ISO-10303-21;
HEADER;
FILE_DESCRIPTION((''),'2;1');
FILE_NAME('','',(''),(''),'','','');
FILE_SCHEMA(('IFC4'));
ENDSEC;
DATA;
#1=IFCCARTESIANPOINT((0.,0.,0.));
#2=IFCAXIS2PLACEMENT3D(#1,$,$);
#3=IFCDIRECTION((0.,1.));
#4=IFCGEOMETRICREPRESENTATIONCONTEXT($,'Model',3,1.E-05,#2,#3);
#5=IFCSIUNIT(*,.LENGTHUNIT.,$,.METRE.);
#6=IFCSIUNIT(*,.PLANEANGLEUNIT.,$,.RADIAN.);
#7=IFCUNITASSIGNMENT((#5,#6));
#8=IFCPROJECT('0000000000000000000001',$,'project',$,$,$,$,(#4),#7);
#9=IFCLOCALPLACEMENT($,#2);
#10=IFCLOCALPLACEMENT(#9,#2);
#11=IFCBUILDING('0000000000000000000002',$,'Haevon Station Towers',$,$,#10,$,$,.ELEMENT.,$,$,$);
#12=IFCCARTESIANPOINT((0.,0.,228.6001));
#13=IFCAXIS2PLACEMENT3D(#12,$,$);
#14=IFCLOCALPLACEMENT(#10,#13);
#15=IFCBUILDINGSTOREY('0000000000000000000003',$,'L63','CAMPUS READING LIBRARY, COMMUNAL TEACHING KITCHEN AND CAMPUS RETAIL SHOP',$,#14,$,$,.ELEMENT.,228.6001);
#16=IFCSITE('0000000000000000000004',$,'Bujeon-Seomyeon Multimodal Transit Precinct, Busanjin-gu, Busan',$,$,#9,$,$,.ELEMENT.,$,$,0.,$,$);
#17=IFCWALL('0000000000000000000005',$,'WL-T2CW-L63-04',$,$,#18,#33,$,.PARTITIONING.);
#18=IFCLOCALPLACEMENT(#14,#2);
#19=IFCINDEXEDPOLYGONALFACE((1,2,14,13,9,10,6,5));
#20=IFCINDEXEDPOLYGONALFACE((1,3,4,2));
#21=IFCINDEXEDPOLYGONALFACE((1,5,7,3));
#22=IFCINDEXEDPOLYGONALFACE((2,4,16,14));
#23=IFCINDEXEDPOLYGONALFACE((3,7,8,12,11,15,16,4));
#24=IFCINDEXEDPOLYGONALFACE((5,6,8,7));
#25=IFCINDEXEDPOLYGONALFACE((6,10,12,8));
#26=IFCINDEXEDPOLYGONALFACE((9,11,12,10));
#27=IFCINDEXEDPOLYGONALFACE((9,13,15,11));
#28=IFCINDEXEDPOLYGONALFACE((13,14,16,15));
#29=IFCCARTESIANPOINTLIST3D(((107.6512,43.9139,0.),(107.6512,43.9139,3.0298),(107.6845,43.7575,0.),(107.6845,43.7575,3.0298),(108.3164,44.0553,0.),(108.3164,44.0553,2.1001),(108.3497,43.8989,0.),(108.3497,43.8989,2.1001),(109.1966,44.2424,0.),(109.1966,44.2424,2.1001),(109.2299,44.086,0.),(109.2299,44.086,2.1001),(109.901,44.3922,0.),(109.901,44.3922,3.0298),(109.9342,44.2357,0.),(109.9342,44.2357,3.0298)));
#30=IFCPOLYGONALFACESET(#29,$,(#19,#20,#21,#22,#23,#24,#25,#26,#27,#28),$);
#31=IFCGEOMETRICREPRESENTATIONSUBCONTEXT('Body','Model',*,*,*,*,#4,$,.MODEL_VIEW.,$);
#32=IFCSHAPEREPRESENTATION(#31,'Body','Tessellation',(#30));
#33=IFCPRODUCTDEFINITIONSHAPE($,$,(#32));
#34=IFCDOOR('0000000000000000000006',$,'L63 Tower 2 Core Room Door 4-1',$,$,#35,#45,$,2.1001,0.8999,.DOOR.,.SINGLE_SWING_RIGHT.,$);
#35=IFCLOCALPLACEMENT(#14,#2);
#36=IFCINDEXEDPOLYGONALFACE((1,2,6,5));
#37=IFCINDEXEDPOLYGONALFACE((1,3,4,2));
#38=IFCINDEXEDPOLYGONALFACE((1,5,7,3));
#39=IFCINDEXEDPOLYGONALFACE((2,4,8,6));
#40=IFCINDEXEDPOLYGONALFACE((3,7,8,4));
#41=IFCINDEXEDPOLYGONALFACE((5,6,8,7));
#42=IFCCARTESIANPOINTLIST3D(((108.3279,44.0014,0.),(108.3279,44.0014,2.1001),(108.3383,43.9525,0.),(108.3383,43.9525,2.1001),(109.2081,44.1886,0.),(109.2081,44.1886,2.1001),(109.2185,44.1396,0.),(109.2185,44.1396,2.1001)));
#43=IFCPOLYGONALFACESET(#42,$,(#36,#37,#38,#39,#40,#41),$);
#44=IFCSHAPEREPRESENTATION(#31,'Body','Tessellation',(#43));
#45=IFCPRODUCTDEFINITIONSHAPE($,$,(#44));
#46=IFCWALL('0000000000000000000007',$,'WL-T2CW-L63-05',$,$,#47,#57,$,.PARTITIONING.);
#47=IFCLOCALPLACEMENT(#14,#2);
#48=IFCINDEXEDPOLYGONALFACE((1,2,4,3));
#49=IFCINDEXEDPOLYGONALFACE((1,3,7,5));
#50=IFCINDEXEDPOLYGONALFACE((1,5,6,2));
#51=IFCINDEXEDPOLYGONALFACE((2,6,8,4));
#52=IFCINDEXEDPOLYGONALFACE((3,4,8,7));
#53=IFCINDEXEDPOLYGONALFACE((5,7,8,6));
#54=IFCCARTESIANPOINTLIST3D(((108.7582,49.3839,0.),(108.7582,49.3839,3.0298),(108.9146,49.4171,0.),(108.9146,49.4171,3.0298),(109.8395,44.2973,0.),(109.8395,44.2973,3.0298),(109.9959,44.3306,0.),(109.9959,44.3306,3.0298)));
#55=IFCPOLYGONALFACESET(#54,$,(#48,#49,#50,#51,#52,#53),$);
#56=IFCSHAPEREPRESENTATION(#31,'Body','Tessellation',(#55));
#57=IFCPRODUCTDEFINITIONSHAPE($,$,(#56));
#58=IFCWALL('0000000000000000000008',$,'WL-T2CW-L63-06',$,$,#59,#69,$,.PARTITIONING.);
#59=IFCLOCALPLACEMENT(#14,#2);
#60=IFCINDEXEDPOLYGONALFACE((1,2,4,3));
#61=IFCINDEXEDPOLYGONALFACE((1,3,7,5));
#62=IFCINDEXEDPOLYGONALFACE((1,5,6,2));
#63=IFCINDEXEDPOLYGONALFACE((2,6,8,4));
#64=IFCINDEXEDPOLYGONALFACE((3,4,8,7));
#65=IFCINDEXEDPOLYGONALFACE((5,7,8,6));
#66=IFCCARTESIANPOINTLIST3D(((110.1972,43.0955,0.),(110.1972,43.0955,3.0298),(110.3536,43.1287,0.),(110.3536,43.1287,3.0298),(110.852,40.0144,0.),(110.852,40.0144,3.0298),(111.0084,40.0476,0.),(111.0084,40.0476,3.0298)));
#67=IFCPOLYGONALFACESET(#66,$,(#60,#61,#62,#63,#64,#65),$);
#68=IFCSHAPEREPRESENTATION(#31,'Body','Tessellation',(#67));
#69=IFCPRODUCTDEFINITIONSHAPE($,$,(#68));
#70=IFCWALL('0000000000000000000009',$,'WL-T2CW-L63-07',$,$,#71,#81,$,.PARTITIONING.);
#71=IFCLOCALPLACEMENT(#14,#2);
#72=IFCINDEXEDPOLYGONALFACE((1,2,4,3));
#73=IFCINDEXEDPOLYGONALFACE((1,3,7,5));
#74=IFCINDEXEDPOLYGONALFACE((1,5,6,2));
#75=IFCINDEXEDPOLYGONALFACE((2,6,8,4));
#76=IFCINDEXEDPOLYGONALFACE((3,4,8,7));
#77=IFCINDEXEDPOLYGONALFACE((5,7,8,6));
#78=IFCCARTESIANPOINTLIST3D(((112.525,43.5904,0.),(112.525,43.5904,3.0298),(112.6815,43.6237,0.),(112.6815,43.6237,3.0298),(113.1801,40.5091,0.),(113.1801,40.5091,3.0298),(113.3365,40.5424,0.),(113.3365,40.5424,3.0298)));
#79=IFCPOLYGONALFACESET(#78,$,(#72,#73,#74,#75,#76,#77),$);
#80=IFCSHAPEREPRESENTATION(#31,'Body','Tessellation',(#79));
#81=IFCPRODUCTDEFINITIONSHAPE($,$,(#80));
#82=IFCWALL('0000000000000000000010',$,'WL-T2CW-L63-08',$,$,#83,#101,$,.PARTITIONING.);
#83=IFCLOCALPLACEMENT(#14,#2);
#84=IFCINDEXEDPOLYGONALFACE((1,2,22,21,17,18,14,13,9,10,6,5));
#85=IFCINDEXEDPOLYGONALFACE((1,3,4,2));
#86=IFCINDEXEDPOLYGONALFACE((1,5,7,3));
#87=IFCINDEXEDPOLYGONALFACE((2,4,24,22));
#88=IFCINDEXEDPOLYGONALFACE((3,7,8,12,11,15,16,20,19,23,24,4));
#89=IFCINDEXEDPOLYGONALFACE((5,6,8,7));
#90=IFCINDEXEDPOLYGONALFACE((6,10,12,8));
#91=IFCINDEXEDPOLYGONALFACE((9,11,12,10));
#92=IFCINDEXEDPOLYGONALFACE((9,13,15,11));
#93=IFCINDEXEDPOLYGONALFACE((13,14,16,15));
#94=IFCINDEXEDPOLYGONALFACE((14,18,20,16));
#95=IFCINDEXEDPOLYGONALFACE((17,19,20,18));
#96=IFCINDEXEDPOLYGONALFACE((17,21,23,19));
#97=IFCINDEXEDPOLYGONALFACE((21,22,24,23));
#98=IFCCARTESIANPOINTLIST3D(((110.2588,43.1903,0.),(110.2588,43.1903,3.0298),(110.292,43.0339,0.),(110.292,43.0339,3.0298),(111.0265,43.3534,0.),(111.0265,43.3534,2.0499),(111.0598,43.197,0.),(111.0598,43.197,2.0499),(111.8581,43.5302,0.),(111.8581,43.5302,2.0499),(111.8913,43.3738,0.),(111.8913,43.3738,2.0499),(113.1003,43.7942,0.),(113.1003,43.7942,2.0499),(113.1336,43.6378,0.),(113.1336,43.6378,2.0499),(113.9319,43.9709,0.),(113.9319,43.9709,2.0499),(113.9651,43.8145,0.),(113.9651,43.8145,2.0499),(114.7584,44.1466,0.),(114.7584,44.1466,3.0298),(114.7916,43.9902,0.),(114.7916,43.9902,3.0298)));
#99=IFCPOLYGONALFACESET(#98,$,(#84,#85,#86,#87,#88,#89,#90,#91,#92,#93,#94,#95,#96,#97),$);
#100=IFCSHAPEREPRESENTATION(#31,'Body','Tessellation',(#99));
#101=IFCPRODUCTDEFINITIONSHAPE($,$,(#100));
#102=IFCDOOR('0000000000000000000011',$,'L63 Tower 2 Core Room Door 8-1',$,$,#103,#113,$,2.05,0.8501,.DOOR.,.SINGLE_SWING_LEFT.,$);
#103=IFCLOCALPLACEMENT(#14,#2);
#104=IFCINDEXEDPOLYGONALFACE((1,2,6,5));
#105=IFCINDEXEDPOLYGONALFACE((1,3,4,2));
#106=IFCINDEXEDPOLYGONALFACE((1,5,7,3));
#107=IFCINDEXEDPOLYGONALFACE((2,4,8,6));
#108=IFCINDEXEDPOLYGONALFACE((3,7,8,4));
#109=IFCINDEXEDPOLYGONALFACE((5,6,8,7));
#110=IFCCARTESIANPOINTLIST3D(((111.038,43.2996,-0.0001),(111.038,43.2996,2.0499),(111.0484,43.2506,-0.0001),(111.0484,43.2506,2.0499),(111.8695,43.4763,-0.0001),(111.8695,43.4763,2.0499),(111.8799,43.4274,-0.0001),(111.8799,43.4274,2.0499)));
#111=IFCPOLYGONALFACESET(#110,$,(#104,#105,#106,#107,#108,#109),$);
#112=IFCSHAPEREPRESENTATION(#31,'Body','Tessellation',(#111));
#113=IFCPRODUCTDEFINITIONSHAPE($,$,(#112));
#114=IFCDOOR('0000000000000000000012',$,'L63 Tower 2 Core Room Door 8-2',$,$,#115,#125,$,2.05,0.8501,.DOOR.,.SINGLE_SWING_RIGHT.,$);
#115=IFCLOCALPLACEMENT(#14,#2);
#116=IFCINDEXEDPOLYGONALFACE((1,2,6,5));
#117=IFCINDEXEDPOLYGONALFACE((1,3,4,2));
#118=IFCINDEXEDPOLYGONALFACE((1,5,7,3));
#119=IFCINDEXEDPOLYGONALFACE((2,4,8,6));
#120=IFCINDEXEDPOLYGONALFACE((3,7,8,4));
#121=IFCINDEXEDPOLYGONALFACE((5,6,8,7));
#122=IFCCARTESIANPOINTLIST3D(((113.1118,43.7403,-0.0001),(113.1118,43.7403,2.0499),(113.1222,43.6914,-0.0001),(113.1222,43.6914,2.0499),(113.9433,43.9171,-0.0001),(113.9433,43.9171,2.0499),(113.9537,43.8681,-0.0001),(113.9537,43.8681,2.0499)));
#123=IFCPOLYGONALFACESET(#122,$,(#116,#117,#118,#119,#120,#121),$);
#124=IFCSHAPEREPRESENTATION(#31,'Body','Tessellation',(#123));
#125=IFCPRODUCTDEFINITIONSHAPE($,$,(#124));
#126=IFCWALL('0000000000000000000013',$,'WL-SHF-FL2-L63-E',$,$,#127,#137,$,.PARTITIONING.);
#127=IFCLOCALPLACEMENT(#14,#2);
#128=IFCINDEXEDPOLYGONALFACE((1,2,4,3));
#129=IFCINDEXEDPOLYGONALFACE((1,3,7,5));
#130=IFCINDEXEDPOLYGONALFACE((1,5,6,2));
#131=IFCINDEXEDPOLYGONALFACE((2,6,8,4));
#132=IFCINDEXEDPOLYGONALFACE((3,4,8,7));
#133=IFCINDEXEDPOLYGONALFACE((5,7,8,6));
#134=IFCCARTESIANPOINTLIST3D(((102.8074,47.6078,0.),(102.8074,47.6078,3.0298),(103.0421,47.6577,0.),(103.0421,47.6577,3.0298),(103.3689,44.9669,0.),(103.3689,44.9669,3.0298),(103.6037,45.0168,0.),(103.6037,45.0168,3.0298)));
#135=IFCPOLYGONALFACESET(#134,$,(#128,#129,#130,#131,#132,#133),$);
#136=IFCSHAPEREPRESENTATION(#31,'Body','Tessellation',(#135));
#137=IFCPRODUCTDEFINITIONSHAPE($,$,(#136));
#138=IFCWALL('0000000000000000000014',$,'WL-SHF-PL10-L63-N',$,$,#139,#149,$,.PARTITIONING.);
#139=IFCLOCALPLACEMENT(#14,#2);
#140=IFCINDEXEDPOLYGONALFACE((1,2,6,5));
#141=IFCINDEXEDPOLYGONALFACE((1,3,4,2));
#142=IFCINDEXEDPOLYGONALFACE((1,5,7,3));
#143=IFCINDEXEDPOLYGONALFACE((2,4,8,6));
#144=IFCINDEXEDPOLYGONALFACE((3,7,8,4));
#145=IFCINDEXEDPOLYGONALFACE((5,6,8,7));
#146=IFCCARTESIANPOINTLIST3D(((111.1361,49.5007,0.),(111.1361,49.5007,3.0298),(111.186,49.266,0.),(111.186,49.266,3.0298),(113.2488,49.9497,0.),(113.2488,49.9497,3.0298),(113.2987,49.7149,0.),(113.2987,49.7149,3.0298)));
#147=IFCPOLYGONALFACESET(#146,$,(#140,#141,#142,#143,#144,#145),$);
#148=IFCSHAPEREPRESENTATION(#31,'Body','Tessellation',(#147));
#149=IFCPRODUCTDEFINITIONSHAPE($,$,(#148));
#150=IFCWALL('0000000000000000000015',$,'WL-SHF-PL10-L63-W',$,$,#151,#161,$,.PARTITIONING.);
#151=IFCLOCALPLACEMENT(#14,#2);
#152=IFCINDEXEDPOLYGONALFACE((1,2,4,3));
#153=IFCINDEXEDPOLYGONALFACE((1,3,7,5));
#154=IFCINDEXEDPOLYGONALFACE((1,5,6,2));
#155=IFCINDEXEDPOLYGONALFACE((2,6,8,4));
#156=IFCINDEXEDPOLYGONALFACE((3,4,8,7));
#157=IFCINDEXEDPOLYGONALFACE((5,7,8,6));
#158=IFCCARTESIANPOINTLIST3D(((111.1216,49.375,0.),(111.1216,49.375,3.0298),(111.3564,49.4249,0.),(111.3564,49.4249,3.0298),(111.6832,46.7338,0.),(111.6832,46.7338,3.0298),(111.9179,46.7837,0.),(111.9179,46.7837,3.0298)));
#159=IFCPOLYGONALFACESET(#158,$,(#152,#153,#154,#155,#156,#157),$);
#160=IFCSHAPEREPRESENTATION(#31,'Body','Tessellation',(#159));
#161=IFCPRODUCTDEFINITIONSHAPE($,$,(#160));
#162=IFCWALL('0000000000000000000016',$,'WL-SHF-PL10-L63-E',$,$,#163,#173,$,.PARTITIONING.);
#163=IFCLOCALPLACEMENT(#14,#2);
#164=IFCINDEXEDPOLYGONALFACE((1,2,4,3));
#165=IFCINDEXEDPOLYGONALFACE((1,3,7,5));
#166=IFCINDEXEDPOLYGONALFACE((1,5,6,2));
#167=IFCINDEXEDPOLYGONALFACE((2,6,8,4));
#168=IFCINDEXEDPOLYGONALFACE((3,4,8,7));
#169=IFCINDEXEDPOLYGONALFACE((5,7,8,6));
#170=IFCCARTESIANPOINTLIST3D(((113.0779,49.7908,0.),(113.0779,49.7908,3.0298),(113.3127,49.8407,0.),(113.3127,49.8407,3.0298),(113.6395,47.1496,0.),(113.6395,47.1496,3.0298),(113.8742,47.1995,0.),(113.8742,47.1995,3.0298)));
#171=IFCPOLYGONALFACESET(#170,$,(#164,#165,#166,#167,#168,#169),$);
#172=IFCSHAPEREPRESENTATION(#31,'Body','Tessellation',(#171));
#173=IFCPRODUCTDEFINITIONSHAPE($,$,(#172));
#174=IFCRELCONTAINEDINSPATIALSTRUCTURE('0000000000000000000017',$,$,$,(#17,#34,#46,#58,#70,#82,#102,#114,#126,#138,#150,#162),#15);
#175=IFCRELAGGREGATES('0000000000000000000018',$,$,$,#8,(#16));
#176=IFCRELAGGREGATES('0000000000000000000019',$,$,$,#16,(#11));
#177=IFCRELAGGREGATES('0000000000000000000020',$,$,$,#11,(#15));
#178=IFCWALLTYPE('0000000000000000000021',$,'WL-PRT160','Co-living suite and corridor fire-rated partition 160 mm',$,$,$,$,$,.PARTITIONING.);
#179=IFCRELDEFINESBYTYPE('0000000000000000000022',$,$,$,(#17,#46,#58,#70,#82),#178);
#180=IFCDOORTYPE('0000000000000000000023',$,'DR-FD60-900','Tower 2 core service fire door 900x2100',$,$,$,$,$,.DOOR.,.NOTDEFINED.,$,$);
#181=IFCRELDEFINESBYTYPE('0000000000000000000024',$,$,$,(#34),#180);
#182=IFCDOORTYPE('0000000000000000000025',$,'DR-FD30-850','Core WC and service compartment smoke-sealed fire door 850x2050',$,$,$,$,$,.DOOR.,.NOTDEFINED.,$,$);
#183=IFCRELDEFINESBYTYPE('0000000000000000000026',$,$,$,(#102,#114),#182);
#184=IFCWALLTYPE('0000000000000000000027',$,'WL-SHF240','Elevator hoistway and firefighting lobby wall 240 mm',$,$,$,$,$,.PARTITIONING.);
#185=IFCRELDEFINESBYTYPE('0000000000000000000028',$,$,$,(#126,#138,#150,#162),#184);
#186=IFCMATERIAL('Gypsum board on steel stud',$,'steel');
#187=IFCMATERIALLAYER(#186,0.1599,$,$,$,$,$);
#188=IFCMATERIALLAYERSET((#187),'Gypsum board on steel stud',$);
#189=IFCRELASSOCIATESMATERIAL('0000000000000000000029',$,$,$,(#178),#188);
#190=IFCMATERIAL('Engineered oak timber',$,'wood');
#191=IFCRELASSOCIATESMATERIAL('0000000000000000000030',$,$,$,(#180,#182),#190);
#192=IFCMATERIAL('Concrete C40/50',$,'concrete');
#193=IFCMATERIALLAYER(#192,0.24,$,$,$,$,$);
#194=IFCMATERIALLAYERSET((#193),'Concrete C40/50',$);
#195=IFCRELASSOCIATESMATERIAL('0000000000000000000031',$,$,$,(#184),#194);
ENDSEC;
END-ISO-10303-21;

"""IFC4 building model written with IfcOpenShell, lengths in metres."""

from ifc_helpers import new_model, si_unit, direction, frame, frame_2d, origin, place, context, subcontext, project, spatial, rectangle, extrude, material, layer, layer_set, type_object, element, fill, save


model = new_model("IFC4")

# Units and contexts
model_context = context("Model", 3, precision=1e-05, world=origin(), true_north=direction((0.0, 1.0)))
body_context = subcontext(model_context, "Body", "Model", "MODEL_VIEW")
ifc_project = project(units=[si_unit("LENGTHUNIT", "METRE"), si_unit("PLANEANGLEUNIT", "RADIAN")], contexts=[model_context])

# Site, building, storey
site_placement = place(None, origin())
site = spatial("IfcSite", under=ifc_project, at=site_placement, Name="Bujeon-Seomyeon Multimodal Transit Precinct, Busanjin-gu, Busan", CompositionType="ELEMENT", RefElevation=0.0)
building_placement = place(site_placement, origin())
building = spatial("IfcBuilding", under=site, at=building_placement, Name="Haevon Station Towers", CompositionType="ELEMENT")
storey_placement = place(building_placement, frame((0.0, 0.0, 228.6001)))
storey = spatial("IfcBuildingStorey", under=building, at=storey_placement, Name="L63", Description="CAMPUS READING LIBRARY, COMMUNAL TEACHING KITCHEN AND CAMPUS RETAIL SHOP", CompositionType="ELEMENT", Elevation=228.6001)

# Shared definitions
ifc_material_1 = material(Name="Gypsum board on steel stud", Category="steel")
ifc_material_2 = material(Name="Engineered oak timber", Category="wood")

# Shared definitions
ifc_layer_1 = layer(ifc_material_1, 0.1599)
ifc_layer_set_1 = layer_set([ifc_layer_1], Name="Gypsum board on steel stud")
wall_type_1 = type_object("IfcWallType", Name="WL-PRT160", Description="Co-living suite and corridor fire-rated partition 160 mm", PredefinedType="PARTITIONING", material=ifc_layer_set_1)

# Shared definitions
door_type_1 = type_object("IfcDoorType", Name="DR-FD60-900", Description="Tower 2 core service fire door 900x2100", OperationType="NOTDEFINED", PredefinedType="DOOR", material=ifc_material_2)

# Wall, opening, door
wall_1_placement = place(storey_placement, frame((107.668, 43.8357, 0.0), z_axis=(0.0, 0.0, 1.0), x_axis=(0.978141, 0.207941, 0.0)))
wall_1 = element("IfcWall", 1, at=wall_1_placement, inside=storey, type_object=wall_type_1, Name="WL-T2CW-L63-04", PredefinedType="PARTITIONING", context=body_context, shape_type="SweptSolid", body=[
    extrude(rectangle(XDim=2.3, YDim=0.1599, at=frame_2d((1.1499, 0.0))), origin(), (0.0, 0.0, 1.0), 3.0298),
])
opening_1_placement = place(wall_1_placement, frame((0.6799, 0.0, 0.0)))
opening_1 = element("IfcOpeningElement", 2, at=opening_1_placement, cuts=wall_1, PredefinedType="OPENING", context=body_context, shape_type="SweptSolid", body=[
    extrude(rectangle(XDim=0.8999, YDim=2.1001, at=frame_2d((0.45, 1.05))), frame((0.0, 0.0898, 0.0), z_axis=(0.0, -1.0, 0.0), x_axis=(1.0, 0.0, 0.0)), (0.0, 0.0, 1.0), 0.1799),
])
door_1_placement = place(opening_1_placement, origin())
door_1 = element("IfcDoor", 3, at=door_1_placement, inside=storey, type_object=door_type_1, Name="L63 Tower 2 Core Room Door 4-1", OperationType="SINGLE_SWING_RIGHT", OverallHeight=2.1001, OverallWidth=0.8999, PredefinedType="DOOR", context=body_context, shape_type="SweptSolid", body=[
    extrude(rectangle(XDim=0.8999, YDim=2.1001, at=frame_2d((0.45, 1.05))), frame((0.0, 0.0249, 0.0), z_axis=(0.0, -1.0, 0.0), x_axis=(1.0, 0.0, 0.0)), (0.0, 0.0, 1.0), 0.05),
])
fill(opening_1, door_1)

# Walls
wall_2_placement = place(storey_placement, frame((109.9177, 44.314, 0.0), z_axis=(0.0, 0.0, 1.0), x_axis=(-0.207938, 0.978142, 0.0)))
element("IfcWall", 4, at=wall_2_placement, inside=storey, type_object=wall_type_1, Name="WL-T2CW-L63-05", PredefinedType="PARTITIONING", context=body_context, shape_type="SweptSolid", body=[
    extrude(rectangle(XDim=5.2002, YDim=0.1599, at=frame_2d((2.6001, 0.0))), origin(), (0.0, 0.0, 1.0), 3.0298),
])
wall_3_placement = place(storey_placement, frame((110.9302, 40.031, 0.0), z_axis=(0.0, 0.0, 1.0), x_axis=(-0.207877, 0.978155, 0.0)))
element("IfcWall", 5, at=wall_3_placement, inside=storey, type_object=wall_type_1, Name="WL-T2CW-L63-06", PredefinedType="PARTITIONING", context=body_context, shape_type="SweptSolid", body=[
    extrude(rectangle(XDim=3.1499, YDim=0.1599, at=frame_2d((1.575, 0.0))), origin(), (0.0, 0.0, 1.0), 3.0298),
])
wall_4_placement = place(storey_placement, frame((113.2583, 40.5256, 0.0), z_axis=(0.0, 0.0, 1.0), x_axis=(-0.207936, 0.978142, 0.0)))
element("IfcWall", 6, at=wall_4_placement, inside=storey, type_object=wall_type_1, Name="WL-T2CW-L63-07", PredefinedType="PARTITIONING", context=body_context, shape_type="SweptSolid", body=[
    extrude(rectangle(XDim=3.1501, YDim=0.1599, at=frame_2d((1.5752, 0.0))), origin(), (0.0, 0.0, 1.0), 3.0298),
])

# Wall, openings, doors
wall_5_placement = place(storey_placement, frame((110.2754, 43.1121, 0.0), z_axis=(0.0, 0.0, 1.0), x_axis=(0.978152, 0.20789, 0.0)))
wall_5 = element("IfcWall", 7, at=wall_5_placement, inside=storey, type_object=wall_type_1, Name="WL-T2CW-L63-08", PredefinedType="PARTITIONING", context=body_context, shape_type="SweptSolid", body=[
    extrude(rectangle(XDim=4.6001, YDim=0.1599, at=frame_2d((2.3, 0.0))), origin(), (0.0, 0.0, 1.0), 3.0298),
])
opening_2_placement = place(wall_5_placement, frame((0.7849, 0.0, 0.0)))
opening_2 = element("IfcOpeningElement", 8, at=opening_2_placement, cuts=wall_5, PredefinedType="OPENING", context=body_context, shape_type="SweptSolid", body=[
    extrude(rectangle(XDim=0.8501, YDim=2.05, at=frame_2d((0.425, 1.0249))), frame((0.0, 0.0898, 0.0), z_axis=(0.0, -1.0, 0.0), x_axis=(1.0, 0.0, 0.0)), (0.0, 0.0, 1.0), 0.1799),
])
opening_3_placement = place(wall_5_placement, frame((2.905, 0.0, 0.0)))
opening_3 = element("IfcOpeningElement", 9, at=opening_3_placement, cuts=wall_5, PredefinedType="OPENING", context=body_context, shape_type="SweptSolid", body=[
    extrude(rectangle(XDim=0.8501, YDim=2.05, at=frame_2d((0.425, 1.0249))), frame((0.0, 0.0898, 0.0), z_axis=(0.0, -1.0, 0.0), x_axis=(1.0, 0.0, 0.0)), (0.0, 0.0, 1.0), 0.1799),
])
door_type_2 = type_object("IfcDoorType", Name="DR-FD30-850", Description="Core WC and service compartment smoke-sealed fire door 850x2050", OperationType="NOTDEFINED", PredefinedType="DOOR", material=ifc_material_2)
door_2_placement = place(opening_2_placement, origin())
door_2 = element("IfcDoor", 10, at=door_2_placement, inside=storey, type_object=door_type_2, Name="L63 Tower 2 Core Room Door 8-1", OperationType="SINGLE_SWING_LEFT", OverallHeight=2.05, OverallWidth=0.8501, PredefinedType="DOOR", context=body_context, shape_type="SweptSolid", body=[
    extrude(rectangle(XDim=0.8501, YDim=2.05, at=frame_2d((0.425, 1.0249))), frame((0.0, 0.0249, 0.0), z_axis=(0.0, -1.0, 0.0), x_axis=(1.0, 0.0, 0.0)), (0.0, 0.0, 1.0), 0.05),
])
fill(opening_2, door_2)
door_3_placement = place(opening_3_placement, origin())
door_3 = element("IfcDoor", 11, at=door_3_placement, inside=storey, type_object=door_type_2, Name="L63 Tower 2 Core Room Door 8-2", OperationType="SINGLE_SWING_RIGHT", OverallHeight=2.05, OverallWidth=0.8501, PredefinedType="DOOR", context=body_context, shape_type="SweptSolid", body=[
    extrude(rectangle(XDim=0.8501, YDim=2.05, at=frame_2d((0.425, 1.0249))), frame((0.0, 0.0249, 0.0), z_axis=(0.0, -1.0, 0.0), x_axis=(1.0, 0.0, 0.0)), (0.0, 0.0, 1.0), 0.05),
])
fill(opening_3, door_3)

# Shared definitions
ifc_material_3 = material(Name="Concrete C40/50", Category="concrete")
ifc_layer_2 = layer(ifc_material_3, 0.24)
ifc_layer_set_2 = layer_set([ifc_layer_2], Name="Concrete C40/50")
wall_type_2 = type_object("IfcWallType", Name="WL-SHF240", Description="Elevator hoistway and firefighting lobby wall 240 mm", PredefinedType="PARTITIONING", material=ifc_layer_set_2)

# Wall
wall_6_placement = place(storey_placement, frame((103.4863, 44.9917, 0.0), z_axis=(0.0, 0.0, 1.0), x_axis=(-0.207979, 0.978133, 0.0)))
element("IfcWall", 12, at=wall_6_placement, inside=storey, type_object=wall_type_2, Name="WL-SHF-FL2-L63-E", PredefinedType="PARTITIONING", context=body_context, shape_type="SweptSolid", body=[
    extrude(rectangle(XDim=2.7, YDim=0.24, at=frame_2d((1.3501, 0.0))), origin(), (0.0, 0.0, 1.0), 3.0298),
])

# Walls
wall_7_placement = place(storey_placement, frame((111.1609, 49.3833, 0.0), z_axis=(0.0, 0.0, 1.0), x_axis=(0.978158, 0.207861, 0.0)))
element("IfcWall", 13, at=wall_7_placement, inside=storey, type_object=wall_type_2, Name="WL-SHF-PL10-L63-N", PredefinedType="PARTITIONING", context=body_context, shape_type="SweptSolid", body=[
    extrude(rectangle(XDim=2.1599, YDim=0.24, at=frame_2d((1.0801, 0.0))), origin(), (0.0, 0.0, 1.0), 3.0298),
])
for number, where, z_axis, x_axis, name in (
    (14, (111.8005, 46.7588, 0.0), (0.0, 0.0, 1.0), (-0.20796, 0.978137, 0.0), "WL-SHF-PL10-L63-W"),
    (15, (113.7568, 47.1746, 0.0), (0.0, 0.0, 1.0), (-0.20796, 0.978137, 0.0), "WL-SHF-PL10-L63-E"),
):
    element("IfcWall", number, at=place(storey_placement, frame(where, z_axis=z_axis, x_axis=x_axis)), inside=storey, type_object=wall_type_2, Name=name, PredefinedType="PARTITIONING", context=body_context, shape_type="SweptSolid", body=[
        extrude(rectangle(XDim=2.7002, YDim=0.24, at=frame_2d((1.3501, 0.0))), origin(), (0.0, 0.0, 1.0), 3.0298),
    ])

save(model, "model.ifc")
